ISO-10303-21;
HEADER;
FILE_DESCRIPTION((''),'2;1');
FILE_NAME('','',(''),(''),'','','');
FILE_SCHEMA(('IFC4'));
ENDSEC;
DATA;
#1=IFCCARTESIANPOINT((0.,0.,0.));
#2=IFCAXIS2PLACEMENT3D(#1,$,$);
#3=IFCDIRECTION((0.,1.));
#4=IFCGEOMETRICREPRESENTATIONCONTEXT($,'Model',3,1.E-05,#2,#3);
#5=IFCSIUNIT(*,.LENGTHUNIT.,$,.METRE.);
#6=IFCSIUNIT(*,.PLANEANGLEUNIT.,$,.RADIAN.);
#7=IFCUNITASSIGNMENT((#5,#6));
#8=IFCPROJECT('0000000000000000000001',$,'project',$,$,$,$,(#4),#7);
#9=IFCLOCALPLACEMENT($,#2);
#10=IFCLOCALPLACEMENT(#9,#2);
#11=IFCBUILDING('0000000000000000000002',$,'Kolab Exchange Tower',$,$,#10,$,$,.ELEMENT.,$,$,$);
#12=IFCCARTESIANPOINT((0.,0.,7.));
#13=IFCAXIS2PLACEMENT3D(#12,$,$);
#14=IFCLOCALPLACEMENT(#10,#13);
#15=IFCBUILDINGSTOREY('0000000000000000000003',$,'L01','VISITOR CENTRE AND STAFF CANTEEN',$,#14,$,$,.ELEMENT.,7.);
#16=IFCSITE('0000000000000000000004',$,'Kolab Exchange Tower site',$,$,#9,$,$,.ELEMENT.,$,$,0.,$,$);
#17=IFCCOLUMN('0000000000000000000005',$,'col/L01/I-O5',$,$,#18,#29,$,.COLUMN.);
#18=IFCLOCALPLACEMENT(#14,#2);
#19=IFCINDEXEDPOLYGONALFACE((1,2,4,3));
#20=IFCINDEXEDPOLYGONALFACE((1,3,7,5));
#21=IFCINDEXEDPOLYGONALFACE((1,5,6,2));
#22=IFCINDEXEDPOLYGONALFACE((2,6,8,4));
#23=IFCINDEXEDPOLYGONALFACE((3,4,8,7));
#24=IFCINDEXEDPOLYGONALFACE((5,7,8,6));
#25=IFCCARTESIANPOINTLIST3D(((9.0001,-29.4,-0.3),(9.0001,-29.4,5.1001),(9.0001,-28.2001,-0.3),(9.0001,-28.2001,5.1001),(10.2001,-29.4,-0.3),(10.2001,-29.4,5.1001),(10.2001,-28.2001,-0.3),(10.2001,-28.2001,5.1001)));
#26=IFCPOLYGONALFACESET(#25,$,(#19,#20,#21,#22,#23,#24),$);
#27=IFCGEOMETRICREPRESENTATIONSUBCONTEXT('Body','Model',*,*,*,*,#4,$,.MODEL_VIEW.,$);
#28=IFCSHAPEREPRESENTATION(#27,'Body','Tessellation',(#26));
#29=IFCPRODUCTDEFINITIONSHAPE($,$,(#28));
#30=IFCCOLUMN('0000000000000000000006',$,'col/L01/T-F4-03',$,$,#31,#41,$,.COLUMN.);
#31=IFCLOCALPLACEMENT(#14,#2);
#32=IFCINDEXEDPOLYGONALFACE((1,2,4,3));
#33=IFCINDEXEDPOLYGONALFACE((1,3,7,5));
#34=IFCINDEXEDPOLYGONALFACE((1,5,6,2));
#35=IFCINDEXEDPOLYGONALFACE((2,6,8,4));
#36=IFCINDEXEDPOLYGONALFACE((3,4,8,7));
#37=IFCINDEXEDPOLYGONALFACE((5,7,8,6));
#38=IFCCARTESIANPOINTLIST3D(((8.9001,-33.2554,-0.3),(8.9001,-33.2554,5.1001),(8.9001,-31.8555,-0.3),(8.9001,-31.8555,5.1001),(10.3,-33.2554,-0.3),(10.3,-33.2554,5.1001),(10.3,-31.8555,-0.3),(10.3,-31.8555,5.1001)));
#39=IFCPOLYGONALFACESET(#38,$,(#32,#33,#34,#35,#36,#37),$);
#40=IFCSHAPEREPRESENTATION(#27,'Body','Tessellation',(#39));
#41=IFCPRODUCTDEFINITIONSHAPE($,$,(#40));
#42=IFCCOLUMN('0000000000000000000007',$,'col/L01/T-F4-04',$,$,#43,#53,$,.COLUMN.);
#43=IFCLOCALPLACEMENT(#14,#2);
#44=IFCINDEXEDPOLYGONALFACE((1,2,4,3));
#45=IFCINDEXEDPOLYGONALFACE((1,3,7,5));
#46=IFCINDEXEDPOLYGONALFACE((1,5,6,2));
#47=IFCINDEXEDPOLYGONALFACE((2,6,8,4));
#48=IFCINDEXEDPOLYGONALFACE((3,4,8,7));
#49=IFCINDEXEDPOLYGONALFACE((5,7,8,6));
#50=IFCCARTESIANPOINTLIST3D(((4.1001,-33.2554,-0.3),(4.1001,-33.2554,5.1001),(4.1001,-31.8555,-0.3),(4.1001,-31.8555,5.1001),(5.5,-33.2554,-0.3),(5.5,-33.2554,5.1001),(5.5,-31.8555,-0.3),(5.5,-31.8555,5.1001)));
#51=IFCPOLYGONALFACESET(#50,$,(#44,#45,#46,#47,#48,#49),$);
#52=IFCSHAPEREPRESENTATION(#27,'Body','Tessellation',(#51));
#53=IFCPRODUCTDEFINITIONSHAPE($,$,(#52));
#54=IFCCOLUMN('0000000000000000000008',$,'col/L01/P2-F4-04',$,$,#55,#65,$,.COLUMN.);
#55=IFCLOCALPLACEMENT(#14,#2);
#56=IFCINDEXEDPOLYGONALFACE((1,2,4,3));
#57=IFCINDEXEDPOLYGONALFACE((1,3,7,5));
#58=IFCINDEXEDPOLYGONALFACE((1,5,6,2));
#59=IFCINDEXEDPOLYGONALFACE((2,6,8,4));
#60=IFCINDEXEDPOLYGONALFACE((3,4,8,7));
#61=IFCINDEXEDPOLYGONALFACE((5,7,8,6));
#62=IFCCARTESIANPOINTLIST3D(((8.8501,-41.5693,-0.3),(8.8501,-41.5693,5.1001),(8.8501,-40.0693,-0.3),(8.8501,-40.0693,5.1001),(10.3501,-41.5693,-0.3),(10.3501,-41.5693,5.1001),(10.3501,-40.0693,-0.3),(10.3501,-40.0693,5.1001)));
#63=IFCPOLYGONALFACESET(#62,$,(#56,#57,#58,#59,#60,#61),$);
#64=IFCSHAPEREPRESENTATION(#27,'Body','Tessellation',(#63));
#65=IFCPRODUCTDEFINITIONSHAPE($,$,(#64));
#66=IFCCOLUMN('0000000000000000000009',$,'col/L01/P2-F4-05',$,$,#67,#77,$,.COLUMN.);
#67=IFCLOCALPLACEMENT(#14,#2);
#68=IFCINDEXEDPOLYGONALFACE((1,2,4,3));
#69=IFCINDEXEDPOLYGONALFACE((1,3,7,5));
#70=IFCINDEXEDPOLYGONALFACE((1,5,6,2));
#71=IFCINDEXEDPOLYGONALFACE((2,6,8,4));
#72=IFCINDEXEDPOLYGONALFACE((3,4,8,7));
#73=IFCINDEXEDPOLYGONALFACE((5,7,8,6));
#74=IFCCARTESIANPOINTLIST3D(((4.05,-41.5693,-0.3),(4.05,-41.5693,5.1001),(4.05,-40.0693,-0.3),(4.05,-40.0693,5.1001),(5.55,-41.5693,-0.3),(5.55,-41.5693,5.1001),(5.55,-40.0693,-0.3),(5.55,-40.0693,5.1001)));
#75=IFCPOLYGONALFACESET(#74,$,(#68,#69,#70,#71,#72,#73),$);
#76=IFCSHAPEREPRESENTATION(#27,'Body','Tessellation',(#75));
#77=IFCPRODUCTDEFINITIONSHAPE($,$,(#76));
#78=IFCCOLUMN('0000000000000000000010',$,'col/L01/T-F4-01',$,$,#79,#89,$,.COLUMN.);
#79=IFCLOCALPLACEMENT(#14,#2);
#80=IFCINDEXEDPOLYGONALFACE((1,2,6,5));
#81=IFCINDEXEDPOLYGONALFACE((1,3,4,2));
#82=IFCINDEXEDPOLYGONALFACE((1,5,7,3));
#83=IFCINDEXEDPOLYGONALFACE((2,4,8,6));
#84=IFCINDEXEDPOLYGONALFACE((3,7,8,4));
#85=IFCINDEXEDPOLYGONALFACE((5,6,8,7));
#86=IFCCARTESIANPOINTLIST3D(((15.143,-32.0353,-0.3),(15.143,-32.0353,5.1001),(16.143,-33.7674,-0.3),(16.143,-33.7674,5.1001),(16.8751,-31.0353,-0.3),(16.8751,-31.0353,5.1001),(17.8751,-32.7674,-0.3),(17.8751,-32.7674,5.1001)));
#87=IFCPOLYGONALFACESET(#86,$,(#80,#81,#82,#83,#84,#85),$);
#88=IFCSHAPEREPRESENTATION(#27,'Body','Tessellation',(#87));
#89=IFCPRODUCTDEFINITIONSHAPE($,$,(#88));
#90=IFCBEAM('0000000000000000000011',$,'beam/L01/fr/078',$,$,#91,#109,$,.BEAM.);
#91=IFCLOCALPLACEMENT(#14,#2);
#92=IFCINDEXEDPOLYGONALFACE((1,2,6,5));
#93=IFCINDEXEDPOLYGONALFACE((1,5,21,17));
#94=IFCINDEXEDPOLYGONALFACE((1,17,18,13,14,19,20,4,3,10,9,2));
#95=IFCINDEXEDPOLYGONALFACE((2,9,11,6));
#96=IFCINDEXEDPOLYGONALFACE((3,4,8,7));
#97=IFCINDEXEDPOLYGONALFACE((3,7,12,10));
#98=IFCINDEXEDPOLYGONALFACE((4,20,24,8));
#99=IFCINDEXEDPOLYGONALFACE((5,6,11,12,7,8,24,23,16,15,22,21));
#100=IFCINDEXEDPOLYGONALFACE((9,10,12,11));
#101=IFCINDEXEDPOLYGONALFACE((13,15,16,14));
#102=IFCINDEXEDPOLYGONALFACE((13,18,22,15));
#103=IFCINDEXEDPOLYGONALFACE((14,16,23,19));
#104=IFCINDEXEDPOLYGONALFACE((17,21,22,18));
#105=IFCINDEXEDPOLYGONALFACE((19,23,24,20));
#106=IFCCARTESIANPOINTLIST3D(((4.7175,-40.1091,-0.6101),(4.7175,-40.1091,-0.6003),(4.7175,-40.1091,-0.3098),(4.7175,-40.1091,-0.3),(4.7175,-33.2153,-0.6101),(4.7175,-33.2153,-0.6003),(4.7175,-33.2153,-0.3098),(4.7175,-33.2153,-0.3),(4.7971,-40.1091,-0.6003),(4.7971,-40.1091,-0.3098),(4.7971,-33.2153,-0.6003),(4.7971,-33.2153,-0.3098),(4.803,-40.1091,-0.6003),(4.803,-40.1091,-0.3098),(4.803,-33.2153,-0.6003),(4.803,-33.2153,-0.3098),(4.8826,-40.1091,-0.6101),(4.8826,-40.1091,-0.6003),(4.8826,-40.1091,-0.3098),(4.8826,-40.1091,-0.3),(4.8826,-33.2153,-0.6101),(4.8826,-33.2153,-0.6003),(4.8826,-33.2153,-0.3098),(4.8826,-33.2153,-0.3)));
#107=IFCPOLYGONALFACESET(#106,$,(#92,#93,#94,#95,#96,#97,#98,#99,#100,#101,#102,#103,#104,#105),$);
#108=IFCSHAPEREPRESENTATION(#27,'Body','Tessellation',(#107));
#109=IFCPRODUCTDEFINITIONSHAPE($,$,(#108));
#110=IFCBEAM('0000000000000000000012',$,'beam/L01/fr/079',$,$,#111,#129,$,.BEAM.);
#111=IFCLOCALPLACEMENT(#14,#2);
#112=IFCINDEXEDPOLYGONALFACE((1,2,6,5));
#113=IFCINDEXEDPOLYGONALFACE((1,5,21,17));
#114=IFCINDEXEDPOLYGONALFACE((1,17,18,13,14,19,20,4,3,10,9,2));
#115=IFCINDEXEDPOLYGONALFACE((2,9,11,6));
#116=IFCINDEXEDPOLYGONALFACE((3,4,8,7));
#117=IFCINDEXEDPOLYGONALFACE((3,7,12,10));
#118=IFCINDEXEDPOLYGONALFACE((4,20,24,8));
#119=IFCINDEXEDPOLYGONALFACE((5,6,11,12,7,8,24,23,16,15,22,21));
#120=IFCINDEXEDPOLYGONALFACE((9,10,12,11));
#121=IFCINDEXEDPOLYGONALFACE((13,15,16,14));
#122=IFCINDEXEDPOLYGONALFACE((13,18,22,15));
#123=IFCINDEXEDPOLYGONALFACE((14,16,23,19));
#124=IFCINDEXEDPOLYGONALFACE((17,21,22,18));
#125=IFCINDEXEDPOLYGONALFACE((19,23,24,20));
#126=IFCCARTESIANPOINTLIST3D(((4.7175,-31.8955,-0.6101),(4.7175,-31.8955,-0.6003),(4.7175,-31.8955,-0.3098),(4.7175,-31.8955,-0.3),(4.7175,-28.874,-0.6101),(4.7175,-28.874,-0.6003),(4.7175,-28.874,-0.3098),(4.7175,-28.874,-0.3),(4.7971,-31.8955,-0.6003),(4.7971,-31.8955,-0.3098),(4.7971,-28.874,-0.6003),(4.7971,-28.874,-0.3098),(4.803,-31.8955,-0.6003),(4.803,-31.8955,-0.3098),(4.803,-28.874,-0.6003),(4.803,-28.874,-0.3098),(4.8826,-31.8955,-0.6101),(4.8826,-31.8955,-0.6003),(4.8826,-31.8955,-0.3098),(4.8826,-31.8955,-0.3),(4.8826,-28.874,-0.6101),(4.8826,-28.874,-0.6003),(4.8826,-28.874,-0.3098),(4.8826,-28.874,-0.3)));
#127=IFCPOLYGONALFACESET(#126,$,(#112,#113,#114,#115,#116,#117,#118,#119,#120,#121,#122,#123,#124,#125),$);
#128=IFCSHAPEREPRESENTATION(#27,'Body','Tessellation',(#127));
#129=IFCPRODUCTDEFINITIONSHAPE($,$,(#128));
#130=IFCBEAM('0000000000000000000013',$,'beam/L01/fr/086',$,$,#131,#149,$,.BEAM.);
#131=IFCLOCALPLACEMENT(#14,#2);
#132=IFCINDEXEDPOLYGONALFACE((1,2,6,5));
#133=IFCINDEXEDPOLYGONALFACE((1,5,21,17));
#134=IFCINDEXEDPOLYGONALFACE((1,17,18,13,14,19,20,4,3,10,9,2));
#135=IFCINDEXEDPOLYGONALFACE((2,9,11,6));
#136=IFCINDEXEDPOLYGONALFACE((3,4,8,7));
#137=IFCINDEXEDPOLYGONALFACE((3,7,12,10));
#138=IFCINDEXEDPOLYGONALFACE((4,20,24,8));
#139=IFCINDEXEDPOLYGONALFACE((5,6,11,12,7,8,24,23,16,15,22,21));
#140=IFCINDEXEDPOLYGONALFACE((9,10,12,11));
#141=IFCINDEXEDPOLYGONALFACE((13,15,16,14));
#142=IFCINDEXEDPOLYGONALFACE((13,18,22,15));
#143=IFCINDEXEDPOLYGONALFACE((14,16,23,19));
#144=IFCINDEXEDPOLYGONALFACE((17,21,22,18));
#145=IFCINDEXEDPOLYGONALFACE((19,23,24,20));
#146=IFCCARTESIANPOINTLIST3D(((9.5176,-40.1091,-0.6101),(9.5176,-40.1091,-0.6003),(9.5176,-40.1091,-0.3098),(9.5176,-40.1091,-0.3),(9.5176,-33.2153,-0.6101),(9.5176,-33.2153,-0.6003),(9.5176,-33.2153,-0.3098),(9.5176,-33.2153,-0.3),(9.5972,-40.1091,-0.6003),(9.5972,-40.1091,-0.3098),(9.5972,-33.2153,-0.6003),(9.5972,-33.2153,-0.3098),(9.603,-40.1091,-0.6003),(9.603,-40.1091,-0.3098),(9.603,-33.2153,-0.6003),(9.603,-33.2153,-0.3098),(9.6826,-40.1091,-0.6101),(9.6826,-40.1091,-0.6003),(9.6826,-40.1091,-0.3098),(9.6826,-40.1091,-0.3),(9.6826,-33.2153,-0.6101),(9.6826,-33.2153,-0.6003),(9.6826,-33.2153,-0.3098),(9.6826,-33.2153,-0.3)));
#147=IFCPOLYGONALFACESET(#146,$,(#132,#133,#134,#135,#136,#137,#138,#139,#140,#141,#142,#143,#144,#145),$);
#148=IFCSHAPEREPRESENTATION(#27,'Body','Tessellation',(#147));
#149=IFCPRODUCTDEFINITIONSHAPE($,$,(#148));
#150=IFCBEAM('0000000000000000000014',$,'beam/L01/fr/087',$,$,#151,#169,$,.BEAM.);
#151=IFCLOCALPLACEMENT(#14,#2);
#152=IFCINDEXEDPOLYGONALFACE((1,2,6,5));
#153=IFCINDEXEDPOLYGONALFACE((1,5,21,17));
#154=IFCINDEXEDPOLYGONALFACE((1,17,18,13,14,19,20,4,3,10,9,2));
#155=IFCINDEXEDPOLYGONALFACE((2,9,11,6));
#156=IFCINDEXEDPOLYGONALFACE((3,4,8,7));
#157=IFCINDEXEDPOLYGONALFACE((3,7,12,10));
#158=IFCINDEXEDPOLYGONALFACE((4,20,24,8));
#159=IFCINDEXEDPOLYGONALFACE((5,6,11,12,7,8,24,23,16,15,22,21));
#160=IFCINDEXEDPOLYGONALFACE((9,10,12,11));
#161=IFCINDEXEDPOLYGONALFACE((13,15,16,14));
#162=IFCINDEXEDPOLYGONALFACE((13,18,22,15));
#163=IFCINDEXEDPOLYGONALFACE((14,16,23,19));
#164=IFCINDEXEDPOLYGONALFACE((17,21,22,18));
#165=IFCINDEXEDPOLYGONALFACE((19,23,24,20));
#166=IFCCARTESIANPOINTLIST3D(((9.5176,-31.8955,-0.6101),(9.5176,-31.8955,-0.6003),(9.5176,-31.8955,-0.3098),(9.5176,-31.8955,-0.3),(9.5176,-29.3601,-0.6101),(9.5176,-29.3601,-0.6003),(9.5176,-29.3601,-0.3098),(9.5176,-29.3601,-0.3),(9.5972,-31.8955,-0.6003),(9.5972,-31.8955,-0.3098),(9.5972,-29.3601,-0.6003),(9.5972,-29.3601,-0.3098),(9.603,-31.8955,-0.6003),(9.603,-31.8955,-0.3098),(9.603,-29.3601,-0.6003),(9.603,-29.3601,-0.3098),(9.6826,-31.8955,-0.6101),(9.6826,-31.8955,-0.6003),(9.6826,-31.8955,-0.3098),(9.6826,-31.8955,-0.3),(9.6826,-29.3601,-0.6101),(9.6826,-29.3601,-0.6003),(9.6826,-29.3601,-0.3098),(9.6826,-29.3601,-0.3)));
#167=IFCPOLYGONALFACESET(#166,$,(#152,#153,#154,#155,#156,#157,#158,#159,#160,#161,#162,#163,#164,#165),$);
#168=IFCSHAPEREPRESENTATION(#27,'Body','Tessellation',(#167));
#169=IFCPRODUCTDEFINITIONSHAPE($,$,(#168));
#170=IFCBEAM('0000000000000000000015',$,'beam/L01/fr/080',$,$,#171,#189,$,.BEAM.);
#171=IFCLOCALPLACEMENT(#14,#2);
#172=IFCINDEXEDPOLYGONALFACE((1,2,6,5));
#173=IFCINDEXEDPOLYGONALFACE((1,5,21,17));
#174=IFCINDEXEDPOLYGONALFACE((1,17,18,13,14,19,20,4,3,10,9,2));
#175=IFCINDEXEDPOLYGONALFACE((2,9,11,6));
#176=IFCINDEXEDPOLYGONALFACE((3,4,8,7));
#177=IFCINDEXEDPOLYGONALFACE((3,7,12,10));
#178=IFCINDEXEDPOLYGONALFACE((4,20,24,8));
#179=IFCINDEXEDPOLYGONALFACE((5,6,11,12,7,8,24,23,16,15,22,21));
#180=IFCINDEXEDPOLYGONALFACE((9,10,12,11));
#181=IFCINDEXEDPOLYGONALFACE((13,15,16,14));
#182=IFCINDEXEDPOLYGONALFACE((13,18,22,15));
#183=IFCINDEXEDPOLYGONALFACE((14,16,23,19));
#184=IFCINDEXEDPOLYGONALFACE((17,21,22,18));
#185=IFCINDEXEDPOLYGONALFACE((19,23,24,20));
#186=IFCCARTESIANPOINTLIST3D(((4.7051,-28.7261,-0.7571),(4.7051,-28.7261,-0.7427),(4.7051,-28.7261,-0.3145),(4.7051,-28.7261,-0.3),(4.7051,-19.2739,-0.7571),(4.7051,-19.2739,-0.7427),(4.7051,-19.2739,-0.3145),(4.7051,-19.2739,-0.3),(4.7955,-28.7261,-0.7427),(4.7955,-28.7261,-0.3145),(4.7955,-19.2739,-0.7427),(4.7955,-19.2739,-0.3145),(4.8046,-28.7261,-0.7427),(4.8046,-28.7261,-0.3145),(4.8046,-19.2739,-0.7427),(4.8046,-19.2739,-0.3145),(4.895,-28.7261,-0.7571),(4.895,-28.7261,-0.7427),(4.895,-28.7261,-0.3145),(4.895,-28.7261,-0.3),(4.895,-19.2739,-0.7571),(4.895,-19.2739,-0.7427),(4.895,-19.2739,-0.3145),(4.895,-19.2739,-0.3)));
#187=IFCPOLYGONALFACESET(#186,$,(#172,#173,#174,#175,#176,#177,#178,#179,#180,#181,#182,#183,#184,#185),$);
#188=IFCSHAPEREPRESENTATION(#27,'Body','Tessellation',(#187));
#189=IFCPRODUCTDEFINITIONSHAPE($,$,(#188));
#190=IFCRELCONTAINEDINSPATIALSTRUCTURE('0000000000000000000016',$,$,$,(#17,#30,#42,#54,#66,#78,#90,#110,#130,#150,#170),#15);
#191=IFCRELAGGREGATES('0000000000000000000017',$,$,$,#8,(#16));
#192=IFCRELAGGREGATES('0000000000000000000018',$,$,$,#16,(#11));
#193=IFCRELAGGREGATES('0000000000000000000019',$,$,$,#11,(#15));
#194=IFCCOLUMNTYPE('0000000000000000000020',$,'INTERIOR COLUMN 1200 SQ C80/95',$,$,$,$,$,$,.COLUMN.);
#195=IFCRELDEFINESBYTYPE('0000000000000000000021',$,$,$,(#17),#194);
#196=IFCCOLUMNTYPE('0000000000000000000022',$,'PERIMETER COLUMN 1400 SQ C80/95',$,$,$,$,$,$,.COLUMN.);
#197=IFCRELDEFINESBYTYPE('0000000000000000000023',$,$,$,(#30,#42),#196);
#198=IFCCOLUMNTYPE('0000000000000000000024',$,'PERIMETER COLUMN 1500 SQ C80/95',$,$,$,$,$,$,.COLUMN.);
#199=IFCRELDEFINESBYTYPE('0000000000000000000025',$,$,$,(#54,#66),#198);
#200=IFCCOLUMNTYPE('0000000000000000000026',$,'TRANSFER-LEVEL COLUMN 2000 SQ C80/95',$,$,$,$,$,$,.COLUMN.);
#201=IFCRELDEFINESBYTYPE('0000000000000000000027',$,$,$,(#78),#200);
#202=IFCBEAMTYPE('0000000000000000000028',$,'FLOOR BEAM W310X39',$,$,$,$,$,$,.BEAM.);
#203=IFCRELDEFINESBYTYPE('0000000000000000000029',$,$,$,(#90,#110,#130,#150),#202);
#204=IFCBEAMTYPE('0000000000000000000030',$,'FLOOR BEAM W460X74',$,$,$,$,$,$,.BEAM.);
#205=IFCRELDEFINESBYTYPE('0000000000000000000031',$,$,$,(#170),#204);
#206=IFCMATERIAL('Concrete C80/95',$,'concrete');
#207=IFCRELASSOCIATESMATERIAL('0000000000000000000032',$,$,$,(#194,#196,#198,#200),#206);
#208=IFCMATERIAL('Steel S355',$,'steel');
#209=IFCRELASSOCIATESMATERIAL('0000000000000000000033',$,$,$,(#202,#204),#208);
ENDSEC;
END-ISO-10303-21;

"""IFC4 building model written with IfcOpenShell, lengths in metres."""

from ifc_helpers import new_model, si_unit, direction, frame, origin, origin_2d, place, context, subcontext, project, spatial, rectangle, i_section, extrude, material, material_profile, profile_set, type_object, element, save


model = new_model("IFC4")

# Units and contexts
model_context = context("Model", 3, precision=1e-05, world=origin(), true_north=direction((0.0, 1.0)))
body_context = subcontext(model_context, "Body", "Model", "MODEL_VIEW")
ifc_project = project(units=[si_unit("LENGTHUNIT", "METRE"), si_unit("PLANEANGLEUNIT", "RADIAN")], contexts=[model_context])

# Site, building, storey
site_placement = place(None, origin())
site = spatial("IfcSite", under=ifc_project, at=site_placement, Name="Kolab Exchange Tower site", CompositionType="ELEMENT", RefElevation=0.0)
building_placement = place(site_placement, origin())
building = spatial("IfcBuilding", under=site, at=building_placement, Name="Kolab Exchange Tower", CompositionType="ELEMENT")
storey_placement = place(building_placement, frame((0.0, 0.0, 7.0)))
storey = spatial("IfcBuildingStorey", under=building, at=storey_placement, Name="L01", Description="VISITOR CENTRE AND STAFF CANTEEN", CompositionType="ELEMENT", Elevation=7.0)

# Columns
ifc_material_1 = material(Name="Concrete C80/95", Category="concrete")
ifc_material_profile_1 = material_profile(ifc_material_1, rectangle(XDim=1.2, YDim=1.2, at=origin_2d()), Name="RC1200")
ifc_profile_set_1 = profile_set([ifc_material_profile_1], Name="Concrete C80/95")
column_type_1 = type_object("IfcColumnType", Name="INTERIOR COLUMN 1200 SQ C80/95", PredefinedType="COLUMN", material=ifc_profile_set_1)
column_1_placement = place(storey_placement, frame((9.6001, -28.8, -0.3), z_axis=(0.0, 0.0, 1.0), x_axis=(1.0, 0.0, 0.0)))
element("IfcColumn", 1, at=column_1_placement, inside=storey, type_object=column_type_1, Name="col/L01/I-O5", PredefinedType="COLUMN", context=body_context, shape_type="SweptSolid", body=[
    extrude(rectangle(XDim=1.2, YDim=1.2, at=origin_2d()), origin(), (0.0, 0.0, 1.0), 5.4001),
])
ifc_material_profile_2 = material_profile(ifc_material_1, rectangle(XDim=1.3999, YDim=1.3999, at=origin_2d()), Name="RC1400")
ifc_profile_set_2 = profile_set([ifc_material_profile_2], Name="Concrete C80/95")
column_type_2 = type_object("IfcColumnType", Name="PERIMETER COLUMN 1400 SQ C80/95", PredefinedType="COLUMN", material=ifc_profile_set_2)
for number, where, z_axis, x_axis, name in (
    (2, (9.6001, -32.5554, -0.3), (0.0, 0.0, 1.0), (1.0, 0.0, 0.0), "col/L01/T-F4-03"),
    (3, (4.8, -32.5554, -0.3), (0.0, 0.0, 1.0), (1.0, 0.0, 0.0), "col/L01/T-F4-04"),
):
    element("IfcColumn", number, at=place(storey_placement, frame(where, z_axis=z_axis, x_axis=x_axis)), inside=storey, type_object=column_type_2, Name=name, PredefinedType="COLUMN", context=body_context, shape_type="SweptSolid", body=[
        extrude(rectangle(XDim=1.3999, YDim=1.3999, at=origin_2d()), origin(), (0.0, 0.0, 1.0), 5.4001),
    ])
ifc_material_profile_3 = material_profile(ifc_material_1, rectangle(XDim=1.5, YDim=1.5, at=origin_2d()), Name="RC1500")
ifc_profile_set_3 = profile_set([ifc_material_profile_3], Name="Concrete C80/95")
column_type_3 = type_object("IfcColumnType", Name="PERIMETER COLUMN 1500 SQ C80/95", PredefinedType="COLUMN", material=ifc_profile_set_3)
for number, where, z_axis, x_axis, name in (
    (4, (9.6001, -40.8193, -0.3), (0.0, 0.0, 1.0), (1.0, 0.0, 0.0), "col/L01/P2-F4-04"),
    (5, (4.8, -40.8193, -0.3), (0.0, 0.0, 1.0), (1.0, 0.0, 0.0), "col/L01/P2-F4-05"),
):
    element("IfcColumn", number, at=place(storey_placement, frame(where, z_axis=z_axis, x_axis=x_axis)), inside=storey, type_object=column_type_3, Name=name, PredefinedType="COLUMN", context=body_context, shape_type="SweptSolid", body=[
        extrude(rectangle(XDim=1.5, YDim=1.5, at=origin_2d()), origin(), (0.0, 0.0, 1.0), 5.4001),
    ])
ifc_material_profile_4 = material_profile(ifc_material_1, rectangle(XDim=2.0, YDim=2.0, at=origin_2d()), Name="RC2000")
ifc_profile_set_4 = profile_set([ifc_material_profile_4], Name="Concrete C80/95")
column_type_4 = type_object("IfcColumnType", Name="TRANSFER-LEVEL COLUMN 2000 SQ C80/95", PredefinedType="COLUMN", material=ifc_profile_set_4)
column_2_placement = place(storey_placement, frame((16.509, -32.4014, -0.3), z_axis=(0.0, 0.0, 1.0), x_axis=(0.866025, 0.5, 0.0)))
element("IfcColumn", 6, at=column_2_placement, inside=storey, type_object=column_type_4, Name="col/L01/T-F4-01", PredefinedType="COLUMN", context=body_context, shape_type="SweptSolid", body=[
    extrude(rectangle(XDim=2.0, YDim=2.0, at=origin_2d()), origin(), (0.0, 0.0, 1.0), 5.4001),
])

# Beams
ifc_material_2 = material(Name="Steel S355", Category="steel")
ifc_material_profile_5 = material_profile(ifc_material_2, i_section(OverallWidth=0.165, OverallDepth=0.3101, WebThickness=0.0059, FlangeThickness=0.0098, at=origin_2d()), Name="W310X39")
ifc_profile_set_5 = profile_set([ifc_material_profile_5], Name="Steel S355")
beam_type_1 = type_object("IfcBeamType", Name="FLOOR BEAM W310X39", PredefinedType="BEAM", material=ifc_profile_set_5)
beam_1_placement = place(storey_placement, frame((4.8, -40.1091, -0.4551), z_axis=(0.0, 1.0, 0.0), x_axis=(-1.0, 0.0, 0.0)))
element("IfcBeam", 7, at=beam_1_placement, inside=storey, type_object=beam_type_1, Name="beam/L01/fr/078", PredefinedType="BEAM", context=body_context, shape_type="SweptSolid", body=[
    extrude(i_section(OverallWidth=0.165, OverallDepth=0.3101, WebThickness=0.0059, FlangeThickness=0.0098, at=origin_2d()), origin(), (0.0, 0.0, 1.0), 6.8938),
])
beam_2_placement = place(storey_placement, frame((4.8, -31.8955, -0.4551), z_axis=(0.0, 1.0, 0.0), x_axis=(-1.0, 0.0, 0.0)))
element("IfcBeam", 8, at=beam_2_placement, inside=storey, type_object=beam_type_1, Name="beam/L01/fr/079", PredefinedType="BEAM", context=body_context, shape_type="SweptSolid", body=[
    extrude(i_section(OverallWidth=0.165, OverallDepth=0.3101, WebThickness=0.0059, FlangeThickness=0.0098, at=origin_2d()), origin(), (0.0, 0.0, 1.0), 3.0215),
])
beam_3_placement = place(storey_placement, frame((9.6001, -40.1091, -0.4551), z_axis=(0.0, 1.0, 0.0), x_axis=(-1.0, 0.0, 0.0)))
element("IfcBeam", 9, at=beam_3_placement, inside=storey, type_object=beam_type_1, Name="beam/L01/fr/086", PredefinedType="BEAM", context=body_context, shape_type="SweptSolid", body=[
    extrude(i_section(OverallWidth=0.165, OverallDepth=0.3101, WebThickness=0.0059, FlangeThickness=0.0098, at=origin_2d()), origin(), (0.0, 0.0, 1.0), 6.8938),
])
beam_4_placement = place(storey_placement, frame((9.6001, -31.8955, -0.4551), z_axis=(0.0, 1.0, 0.0), x_axis=(-1.0, 0.0, 0.0)))
element("IfcBeam", 10, at=beam_4_placement, inside=storey, type_object=beam_type_1, Name="beam/L01/fr/087", PredefinedType="BEAM", context=body_context, shape_type="SweptSolid", body=[
    extrude(i_section(OverallWidth=0.165, OverallDepth=0.3101, WebThickness=0.0059, FlangeThickness=0.0098, at=origin_2d()), origin(), (0.0, 0.0, 1.0), 2.5354),
])
ifc_material_profile_6 = material_profile(ifc_material_2, i_section(OverallWidth=0.1899, OverallDepth=0.457, WebThickness=0.009, FlangeThickness=0.0144, at=origin_2d()), Name="W460X74")
ifc_profile_set_6 = profile_set([ifc_material_profile_6], Name="Steel S355")
beam_type_2 = type_object("IfcBeamType", Name="FLOOR BEAM W460X74", PredefinedType="BEAM", material=ifc_profile_set_6)
beam_5_placement = place(storey_placement, frame((4.8, -28.7261, -0.5286), z_axis=(0.0, 1.0, 0.0), x_axis=(-1.0, 0.0, 0.0)))
element("IfcBeam", 11, at=beam_5_placement, inside=storey, type_object=beam_type_2, Name="beam/L01/fr/080", PredefinedType="BEAM", context=body_context, shape_type="SweptSolid", body=[
    extrude(i_section(OverallWidth=0.1899, OverallDepth=0.457, WebThickness=0.009, FlangeThickness=0.0144, at=origin_2d()), origin(), (0.0, 0.0, 1.0), 9.4521),
])

save(model, "model.ifc")
